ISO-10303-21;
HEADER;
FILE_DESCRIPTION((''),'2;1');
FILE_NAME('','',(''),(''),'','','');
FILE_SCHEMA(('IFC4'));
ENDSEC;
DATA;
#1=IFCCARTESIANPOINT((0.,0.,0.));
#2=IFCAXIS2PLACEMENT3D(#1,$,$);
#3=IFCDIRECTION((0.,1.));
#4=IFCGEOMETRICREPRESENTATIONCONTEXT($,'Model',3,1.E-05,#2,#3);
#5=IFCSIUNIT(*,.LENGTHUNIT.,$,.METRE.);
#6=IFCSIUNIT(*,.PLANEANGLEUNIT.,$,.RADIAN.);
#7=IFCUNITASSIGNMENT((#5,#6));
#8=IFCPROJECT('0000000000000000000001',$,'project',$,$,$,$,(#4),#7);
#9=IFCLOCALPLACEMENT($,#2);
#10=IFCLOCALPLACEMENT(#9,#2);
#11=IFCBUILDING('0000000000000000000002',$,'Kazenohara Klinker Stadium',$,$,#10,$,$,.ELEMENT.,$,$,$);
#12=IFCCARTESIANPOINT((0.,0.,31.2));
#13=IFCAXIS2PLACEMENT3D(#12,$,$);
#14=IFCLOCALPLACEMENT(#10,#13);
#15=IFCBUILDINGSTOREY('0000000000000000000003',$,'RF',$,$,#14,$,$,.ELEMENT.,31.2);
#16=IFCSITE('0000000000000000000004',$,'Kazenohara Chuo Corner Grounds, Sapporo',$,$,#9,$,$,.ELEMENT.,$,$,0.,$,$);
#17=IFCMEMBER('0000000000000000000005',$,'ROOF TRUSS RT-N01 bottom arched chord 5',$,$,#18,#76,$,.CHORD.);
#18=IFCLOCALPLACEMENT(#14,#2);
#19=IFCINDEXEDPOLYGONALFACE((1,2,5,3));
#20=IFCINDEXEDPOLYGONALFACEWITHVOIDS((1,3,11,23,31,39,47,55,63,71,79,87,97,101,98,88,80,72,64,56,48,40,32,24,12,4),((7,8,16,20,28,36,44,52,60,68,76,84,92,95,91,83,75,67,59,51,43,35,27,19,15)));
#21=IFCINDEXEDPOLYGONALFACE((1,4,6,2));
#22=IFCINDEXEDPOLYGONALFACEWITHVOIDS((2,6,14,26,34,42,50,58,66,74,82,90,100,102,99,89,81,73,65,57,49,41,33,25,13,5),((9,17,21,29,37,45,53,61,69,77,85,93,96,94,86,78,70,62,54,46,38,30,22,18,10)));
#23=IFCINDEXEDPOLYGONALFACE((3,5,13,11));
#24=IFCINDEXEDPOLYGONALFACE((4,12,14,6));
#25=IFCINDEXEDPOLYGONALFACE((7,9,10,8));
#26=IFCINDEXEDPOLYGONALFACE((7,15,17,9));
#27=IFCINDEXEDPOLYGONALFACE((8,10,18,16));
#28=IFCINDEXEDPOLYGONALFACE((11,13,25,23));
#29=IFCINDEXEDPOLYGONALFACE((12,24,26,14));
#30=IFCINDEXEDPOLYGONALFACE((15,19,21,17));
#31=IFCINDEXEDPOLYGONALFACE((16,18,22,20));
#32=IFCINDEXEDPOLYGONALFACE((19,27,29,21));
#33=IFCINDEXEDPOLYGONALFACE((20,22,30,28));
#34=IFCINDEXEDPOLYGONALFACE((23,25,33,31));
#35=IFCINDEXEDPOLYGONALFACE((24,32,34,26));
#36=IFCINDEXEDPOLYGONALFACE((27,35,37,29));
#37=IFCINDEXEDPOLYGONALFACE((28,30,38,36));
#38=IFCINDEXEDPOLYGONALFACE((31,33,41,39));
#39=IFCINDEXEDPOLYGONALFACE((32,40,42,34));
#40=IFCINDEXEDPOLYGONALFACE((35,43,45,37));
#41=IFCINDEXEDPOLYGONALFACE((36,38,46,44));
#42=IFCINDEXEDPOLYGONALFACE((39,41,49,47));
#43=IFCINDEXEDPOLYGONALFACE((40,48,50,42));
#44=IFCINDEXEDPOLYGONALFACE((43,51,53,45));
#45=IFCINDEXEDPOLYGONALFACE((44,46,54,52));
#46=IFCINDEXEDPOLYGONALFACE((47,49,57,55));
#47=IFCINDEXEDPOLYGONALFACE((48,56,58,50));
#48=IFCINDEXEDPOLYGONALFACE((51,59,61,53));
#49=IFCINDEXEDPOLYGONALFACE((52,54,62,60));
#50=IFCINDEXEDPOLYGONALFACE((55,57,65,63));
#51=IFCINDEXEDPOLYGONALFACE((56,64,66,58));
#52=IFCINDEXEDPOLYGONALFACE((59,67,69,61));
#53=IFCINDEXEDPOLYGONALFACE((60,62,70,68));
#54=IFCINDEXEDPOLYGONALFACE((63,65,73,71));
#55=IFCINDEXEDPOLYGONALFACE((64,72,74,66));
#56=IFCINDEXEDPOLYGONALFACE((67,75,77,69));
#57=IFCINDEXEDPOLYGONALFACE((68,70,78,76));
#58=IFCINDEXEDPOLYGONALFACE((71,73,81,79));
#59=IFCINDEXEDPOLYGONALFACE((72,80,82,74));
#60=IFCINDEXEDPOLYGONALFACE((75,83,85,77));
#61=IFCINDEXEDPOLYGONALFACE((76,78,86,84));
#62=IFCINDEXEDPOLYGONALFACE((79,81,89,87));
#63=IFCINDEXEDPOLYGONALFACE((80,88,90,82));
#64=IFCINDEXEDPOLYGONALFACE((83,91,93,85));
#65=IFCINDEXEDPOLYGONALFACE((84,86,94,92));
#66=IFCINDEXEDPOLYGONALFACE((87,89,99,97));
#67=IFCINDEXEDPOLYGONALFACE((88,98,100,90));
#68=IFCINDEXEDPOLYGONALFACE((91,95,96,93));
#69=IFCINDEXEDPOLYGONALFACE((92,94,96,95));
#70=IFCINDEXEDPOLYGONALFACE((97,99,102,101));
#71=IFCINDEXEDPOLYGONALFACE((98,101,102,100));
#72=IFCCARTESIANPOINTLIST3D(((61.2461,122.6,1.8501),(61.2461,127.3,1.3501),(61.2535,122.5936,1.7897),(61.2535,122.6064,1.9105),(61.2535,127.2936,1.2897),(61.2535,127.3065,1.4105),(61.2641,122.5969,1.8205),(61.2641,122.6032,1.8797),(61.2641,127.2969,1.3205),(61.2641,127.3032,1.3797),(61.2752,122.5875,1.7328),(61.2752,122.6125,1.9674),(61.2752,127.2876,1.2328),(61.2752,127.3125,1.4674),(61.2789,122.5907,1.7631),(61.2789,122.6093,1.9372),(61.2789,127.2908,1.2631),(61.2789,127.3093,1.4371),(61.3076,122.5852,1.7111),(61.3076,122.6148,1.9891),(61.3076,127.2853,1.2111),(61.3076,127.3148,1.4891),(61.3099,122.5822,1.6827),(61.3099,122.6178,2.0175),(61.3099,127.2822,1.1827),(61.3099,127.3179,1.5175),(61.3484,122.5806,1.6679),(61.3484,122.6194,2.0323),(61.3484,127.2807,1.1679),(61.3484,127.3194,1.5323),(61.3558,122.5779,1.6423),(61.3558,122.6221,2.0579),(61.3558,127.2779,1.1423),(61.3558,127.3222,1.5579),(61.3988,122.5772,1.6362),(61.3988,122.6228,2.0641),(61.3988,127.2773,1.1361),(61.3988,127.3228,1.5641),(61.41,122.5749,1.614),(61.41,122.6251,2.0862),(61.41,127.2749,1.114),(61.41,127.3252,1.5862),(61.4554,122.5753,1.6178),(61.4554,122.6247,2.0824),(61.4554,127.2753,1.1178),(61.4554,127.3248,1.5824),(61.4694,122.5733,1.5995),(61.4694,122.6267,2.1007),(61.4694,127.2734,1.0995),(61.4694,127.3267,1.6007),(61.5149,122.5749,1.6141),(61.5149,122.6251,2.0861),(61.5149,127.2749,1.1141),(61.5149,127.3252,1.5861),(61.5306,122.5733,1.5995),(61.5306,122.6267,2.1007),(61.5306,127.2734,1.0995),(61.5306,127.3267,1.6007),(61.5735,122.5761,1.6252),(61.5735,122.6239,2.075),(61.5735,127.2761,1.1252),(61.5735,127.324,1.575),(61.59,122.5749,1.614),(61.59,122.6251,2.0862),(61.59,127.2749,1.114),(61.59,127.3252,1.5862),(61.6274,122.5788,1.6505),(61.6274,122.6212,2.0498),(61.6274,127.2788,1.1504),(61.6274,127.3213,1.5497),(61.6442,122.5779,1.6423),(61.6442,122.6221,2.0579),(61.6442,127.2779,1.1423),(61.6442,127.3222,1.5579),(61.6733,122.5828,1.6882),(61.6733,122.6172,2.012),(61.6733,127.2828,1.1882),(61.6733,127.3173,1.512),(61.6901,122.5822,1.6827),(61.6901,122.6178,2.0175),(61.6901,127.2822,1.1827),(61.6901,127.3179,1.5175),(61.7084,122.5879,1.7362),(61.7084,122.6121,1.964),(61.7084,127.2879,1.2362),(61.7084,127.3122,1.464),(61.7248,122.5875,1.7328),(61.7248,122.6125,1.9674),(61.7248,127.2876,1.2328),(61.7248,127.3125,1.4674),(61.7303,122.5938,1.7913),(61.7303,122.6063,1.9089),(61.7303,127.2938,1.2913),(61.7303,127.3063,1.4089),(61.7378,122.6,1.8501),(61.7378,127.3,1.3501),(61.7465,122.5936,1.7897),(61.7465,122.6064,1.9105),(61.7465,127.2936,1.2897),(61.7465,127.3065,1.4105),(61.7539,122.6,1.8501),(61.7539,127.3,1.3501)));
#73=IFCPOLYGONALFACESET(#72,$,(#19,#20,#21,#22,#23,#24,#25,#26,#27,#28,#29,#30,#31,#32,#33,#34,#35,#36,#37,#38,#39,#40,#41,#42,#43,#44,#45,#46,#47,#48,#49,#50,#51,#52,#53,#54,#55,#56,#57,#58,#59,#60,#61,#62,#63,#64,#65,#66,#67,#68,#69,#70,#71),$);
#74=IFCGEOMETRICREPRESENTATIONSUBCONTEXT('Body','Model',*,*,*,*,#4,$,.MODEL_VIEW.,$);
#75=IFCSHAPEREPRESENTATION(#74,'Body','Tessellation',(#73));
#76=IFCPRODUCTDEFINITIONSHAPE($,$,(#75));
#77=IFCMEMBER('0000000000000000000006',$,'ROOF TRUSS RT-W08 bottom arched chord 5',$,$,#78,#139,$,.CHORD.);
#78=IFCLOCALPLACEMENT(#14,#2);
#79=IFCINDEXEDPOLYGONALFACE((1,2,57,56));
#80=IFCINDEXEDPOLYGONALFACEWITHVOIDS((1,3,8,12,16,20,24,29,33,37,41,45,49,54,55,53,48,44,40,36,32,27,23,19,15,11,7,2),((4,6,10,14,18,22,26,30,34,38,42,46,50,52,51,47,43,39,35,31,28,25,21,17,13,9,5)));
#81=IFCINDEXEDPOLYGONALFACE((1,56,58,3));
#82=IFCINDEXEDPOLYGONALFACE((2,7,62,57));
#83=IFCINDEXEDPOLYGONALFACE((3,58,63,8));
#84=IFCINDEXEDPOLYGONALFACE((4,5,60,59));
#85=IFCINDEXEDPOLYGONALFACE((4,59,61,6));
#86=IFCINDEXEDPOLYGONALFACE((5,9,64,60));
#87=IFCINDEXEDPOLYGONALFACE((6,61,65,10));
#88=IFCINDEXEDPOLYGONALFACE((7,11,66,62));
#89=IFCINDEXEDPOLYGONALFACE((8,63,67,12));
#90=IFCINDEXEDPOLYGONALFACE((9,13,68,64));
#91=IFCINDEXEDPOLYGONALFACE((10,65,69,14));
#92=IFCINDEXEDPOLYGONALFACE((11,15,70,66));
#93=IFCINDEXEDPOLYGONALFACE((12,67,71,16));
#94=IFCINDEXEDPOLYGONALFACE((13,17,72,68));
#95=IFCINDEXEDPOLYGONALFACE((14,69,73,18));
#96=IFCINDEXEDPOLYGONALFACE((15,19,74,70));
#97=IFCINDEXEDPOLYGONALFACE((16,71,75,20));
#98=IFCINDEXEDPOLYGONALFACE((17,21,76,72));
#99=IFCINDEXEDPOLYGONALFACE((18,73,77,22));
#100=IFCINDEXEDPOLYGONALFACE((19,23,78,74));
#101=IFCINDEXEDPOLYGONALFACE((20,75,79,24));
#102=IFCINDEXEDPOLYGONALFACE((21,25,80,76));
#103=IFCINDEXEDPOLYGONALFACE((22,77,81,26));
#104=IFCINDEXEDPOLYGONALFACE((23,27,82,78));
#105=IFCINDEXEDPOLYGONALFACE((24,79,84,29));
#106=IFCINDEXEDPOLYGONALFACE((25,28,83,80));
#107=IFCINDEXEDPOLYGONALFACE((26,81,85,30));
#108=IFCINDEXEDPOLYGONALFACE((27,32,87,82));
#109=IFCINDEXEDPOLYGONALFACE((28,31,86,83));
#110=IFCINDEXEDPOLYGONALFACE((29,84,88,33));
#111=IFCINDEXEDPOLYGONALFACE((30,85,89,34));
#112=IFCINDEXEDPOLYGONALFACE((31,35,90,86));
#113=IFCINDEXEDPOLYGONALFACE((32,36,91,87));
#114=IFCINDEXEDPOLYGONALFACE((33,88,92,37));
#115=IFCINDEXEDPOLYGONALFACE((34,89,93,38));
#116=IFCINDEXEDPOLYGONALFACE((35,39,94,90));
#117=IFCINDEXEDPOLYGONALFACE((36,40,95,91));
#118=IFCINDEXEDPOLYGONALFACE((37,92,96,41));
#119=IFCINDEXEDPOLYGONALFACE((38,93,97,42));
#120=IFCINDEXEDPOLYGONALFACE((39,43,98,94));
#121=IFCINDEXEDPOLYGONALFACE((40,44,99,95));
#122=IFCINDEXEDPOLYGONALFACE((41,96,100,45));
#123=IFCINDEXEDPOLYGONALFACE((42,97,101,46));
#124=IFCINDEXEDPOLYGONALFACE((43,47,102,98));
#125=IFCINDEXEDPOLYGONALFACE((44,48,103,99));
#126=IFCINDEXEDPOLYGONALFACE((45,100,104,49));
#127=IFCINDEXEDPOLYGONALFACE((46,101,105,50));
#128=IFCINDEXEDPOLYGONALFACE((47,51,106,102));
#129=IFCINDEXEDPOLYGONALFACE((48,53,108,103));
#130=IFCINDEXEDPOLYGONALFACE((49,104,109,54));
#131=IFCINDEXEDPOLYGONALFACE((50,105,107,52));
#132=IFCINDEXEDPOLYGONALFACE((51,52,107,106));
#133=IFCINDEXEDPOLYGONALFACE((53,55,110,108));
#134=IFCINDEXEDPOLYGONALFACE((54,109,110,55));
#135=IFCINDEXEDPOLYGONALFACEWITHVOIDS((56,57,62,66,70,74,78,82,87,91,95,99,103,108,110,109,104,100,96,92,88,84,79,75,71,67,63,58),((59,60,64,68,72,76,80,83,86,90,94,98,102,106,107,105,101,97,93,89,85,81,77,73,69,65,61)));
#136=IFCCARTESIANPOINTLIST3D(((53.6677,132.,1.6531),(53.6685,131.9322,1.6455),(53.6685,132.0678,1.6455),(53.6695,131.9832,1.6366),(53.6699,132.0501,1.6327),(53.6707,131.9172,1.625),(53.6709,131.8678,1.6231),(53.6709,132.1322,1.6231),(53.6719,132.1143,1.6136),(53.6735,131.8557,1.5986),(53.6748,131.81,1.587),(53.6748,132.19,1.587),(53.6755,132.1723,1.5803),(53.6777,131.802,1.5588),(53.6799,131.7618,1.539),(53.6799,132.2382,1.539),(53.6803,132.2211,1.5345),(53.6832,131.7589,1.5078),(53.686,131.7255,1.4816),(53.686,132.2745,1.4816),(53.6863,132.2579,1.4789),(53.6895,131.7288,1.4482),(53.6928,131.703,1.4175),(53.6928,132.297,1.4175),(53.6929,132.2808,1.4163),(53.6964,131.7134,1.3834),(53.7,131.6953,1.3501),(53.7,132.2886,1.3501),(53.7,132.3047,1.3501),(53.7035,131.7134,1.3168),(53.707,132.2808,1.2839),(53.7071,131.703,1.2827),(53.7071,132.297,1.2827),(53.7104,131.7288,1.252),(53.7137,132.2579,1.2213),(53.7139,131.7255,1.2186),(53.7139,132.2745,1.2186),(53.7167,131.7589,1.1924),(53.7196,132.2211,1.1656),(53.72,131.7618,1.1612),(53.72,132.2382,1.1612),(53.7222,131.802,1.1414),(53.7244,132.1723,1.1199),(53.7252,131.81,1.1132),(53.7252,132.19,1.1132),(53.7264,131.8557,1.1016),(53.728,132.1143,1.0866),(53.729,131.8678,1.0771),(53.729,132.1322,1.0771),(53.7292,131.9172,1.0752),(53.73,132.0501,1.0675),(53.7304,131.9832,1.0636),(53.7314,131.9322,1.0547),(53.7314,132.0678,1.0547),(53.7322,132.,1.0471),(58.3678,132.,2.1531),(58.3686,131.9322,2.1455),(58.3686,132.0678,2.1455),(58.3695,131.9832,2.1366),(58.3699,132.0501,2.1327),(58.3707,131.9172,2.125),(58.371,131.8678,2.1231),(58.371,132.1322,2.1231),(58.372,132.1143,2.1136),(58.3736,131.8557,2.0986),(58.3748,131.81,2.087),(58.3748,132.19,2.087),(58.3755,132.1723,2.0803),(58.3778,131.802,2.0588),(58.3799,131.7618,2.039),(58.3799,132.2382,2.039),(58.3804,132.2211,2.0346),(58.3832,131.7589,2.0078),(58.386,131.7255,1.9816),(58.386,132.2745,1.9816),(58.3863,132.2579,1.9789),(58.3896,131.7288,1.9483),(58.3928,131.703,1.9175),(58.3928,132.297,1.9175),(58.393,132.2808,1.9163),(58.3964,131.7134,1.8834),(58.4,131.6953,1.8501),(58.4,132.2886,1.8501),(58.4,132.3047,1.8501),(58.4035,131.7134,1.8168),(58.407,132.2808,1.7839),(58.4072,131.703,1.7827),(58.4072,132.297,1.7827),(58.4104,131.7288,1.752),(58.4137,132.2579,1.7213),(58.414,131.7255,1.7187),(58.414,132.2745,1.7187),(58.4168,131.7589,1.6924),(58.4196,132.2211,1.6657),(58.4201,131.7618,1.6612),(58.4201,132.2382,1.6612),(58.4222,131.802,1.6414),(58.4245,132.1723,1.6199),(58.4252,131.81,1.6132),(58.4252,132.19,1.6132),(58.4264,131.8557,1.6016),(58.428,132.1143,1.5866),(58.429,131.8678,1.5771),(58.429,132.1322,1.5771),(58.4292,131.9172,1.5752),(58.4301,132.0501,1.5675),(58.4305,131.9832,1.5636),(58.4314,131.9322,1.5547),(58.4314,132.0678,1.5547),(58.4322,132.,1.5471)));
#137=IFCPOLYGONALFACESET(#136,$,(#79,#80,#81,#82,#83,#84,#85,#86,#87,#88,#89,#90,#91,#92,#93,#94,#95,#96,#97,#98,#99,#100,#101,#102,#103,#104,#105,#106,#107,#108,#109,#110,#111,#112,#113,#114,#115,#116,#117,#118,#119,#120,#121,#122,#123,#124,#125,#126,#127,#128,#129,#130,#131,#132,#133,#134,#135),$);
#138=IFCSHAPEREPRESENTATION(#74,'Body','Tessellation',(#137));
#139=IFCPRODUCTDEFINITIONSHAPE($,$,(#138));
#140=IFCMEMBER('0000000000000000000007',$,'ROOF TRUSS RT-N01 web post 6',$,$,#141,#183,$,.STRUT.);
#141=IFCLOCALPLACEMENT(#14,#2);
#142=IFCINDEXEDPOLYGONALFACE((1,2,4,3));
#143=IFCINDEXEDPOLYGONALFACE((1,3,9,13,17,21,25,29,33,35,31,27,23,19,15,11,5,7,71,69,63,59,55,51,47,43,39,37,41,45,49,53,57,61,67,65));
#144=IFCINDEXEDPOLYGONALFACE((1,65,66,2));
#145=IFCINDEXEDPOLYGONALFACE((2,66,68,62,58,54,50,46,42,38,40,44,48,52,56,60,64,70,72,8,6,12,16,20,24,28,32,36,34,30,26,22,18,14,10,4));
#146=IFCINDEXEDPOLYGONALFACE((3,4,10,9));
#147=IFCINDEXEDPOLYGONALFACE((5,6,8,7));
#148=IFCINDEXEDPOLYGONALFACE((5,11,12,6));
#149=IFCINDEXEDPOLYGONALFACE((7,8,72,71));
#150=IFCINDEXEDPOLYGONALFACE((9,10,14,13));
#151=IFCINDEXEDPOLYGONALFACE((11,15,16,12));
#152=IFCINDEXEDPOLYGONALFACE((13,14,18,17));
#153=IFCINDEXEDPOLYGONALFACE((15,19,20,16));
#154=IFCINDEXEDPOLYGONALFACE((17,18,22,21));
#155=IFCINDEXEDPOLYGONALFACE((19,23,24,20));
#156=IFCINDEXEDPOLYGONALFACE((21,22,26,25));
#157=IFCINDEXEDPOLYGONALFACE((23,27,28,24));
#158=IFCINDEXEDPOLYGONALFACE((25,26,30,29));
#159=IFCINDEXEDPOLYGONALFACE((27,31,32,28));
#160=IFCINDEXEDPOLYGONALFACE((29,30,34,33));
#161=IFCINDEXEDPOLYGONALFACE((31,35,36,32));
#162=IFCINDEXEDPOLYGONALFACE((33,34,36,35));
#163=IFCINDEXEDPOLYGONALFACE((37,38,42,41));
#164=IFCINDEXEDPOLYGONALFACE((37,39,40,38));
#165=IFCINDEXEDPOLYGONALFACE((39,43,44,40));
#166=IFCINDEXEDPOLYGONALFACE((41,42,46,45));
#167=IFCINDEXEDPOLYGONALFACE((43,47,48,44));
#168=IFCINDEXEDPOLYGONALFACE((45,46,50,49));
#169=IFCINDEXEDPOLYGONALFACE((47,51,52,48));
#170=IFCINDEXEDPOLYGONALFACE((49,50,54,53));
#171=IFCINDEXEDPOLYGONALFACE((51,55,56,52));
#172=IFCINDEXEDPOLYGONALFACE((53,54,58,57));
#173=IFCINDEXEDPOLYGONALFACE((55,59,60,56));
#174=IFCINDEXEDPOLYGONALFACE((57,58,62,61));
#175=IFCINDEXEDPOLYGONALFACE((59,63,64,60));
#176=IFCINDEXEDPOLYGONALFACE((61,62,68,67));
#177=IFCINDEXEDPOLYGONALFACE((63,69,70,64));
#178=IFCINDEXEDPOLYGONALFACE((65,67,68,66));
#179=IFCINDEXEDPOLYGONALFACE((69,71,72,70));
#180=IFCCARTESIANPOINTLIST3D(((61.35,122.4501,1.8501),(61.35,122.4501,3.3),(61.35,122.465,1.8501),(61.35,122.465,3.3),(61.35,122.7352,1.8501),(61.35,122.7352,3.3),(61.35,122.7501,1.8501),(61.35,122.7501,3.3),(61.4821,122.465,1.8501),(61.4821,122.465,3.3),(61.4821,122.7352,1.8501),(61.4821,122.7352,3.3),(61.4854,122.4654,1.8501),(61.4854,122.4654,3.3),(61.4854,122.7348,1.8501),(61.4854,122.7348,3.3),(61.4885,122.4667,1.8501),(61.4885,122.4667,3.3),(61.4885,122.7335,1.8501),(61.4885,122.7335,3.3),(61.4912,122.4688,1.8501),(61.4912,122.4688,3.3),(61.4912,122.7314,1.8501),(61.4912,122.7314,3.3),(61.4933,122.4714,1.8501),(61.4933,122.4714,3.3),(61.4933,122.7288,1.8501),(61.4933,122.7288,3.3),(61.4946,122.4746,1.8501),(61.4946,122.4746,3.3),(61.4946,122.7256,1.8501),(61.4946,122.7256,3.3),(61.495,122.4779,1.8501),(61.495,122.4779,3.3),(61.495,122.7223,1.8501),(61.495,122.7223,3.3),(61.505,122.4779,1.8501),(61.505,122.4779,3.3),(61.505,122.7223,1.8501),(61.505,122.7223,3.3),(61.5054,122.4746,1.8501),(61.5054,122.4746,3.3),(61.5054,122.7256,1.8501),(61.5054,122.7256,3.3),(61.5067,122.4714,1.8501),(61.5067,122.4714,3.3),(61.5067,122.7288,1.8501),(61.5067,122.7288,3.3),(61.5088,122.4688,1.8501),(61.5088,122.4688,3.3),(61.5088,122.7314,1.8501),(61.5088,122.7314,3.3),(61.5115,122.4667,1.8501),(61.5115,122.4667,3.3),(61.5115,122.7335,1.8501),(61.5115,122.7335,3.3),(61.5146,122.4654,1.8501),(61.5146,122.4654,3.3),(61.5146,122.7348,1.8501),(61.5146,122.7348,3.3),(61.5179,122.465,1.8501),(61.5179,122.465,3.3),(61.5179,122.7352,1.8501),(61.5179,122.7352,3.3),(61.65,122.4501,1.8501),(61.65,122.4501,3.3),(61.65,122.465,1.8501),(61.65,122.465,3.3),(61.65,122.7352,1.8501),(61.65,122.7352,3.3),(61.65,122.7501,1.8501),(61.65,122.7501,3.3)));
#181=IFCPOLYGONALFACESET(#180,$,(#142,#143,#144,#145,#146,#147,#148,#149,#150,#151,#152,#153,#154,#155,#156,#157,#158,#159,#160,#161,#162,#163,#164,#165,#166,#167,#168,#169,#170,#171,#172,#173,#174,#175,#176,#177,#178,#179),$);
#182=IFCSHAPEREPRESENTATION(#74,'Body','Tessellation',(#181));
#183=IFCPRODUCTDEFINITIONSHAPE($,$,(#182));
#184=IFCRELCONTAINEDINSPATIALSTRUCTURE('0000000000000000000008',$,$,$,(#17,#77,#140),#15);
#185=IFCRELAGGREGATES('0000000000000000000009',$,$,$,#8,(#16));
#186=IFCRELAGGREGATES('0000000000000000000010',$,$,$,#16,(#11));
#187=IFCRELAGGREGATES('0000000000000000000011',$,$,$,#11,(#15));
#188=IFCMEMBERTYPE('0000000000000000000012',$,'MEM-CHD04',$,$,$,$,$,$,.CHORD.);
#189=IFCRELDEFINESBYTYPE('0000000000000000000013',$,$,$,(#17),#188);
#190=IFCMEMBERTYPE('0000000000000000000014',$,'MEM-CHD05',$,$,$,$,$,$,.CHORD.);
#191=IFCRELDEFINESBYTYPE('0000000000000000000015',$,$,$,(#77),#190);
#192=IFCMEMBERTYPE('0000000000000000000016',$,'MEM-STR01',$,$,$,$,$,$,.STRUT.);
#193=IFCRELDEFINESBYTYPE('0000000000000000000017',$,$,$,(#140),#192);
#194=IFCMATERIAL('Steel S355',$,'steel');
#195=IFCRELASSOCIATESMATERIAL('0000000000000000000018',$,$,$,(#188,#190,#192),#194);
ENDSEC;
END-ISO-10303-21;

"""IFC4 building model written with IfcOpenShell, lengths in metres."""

from ifc_helpers import new_model, si_unit, direction, frame, origin, origin_2d, place, context, subcontext, project, spatial, hollow_circle, i_section, extrude, material, material_profile, profile_set, type_object, element, save


model = new_model("IFC4")

# Units and contexts
model_context = context("Model", 3, precision=1e-05, world=origin(), true_north=direction((0.0, 1.0)))
body_context = subcontext(model_context, "Body", "Model", "MODEL_VIEW")
ifc_project = project(units=[si_unit("LENGTHUNIT", "METRE"), si_unit("PLANEANGLEUNIT", "RADIAN")], contexts=[model_context])

# Site, building, storey
site_placement = place(None, origin())
site = spatial("IfcSite", under=ifc_project, at=site_placement, Name="Kazenohara Chuo Corner Grounds, Sapporo", CompositionType="ELEMENT", RefElevation=0.0)
building_placement = place(site_placement, origin())
building = spatial("IfcBuilding", under=site, at=building_placement, Name="Kazenohara Klinker Stadium", CompositionType="ELEMENT")
storey_placement = place(building_placement, frame((0.0, 0.0, 31.2)))
storey = spatial("IfcBuildingStorey", under=building, at=storey_placement, Name="RF", CompositionType="ELEMENT", Elevation=31.2)

# Members
ifc_material = material(Name="Steel S355", Category="steel")
ifc_material_profile_1 = material_profile(ifc_material, hollow_circle(Radius=0.2539, WallThickness=0.0161, at=origin_2d()), Name="CHS-508.0x16")
ifc_profile_set_1 = profile_set([ifc_material_profile_1], Name="Steel S355")
member_type_1 = type_object("IfcMemberType", Name="MEM-CHD04", PredefinedType="CHORD", material=ifc_profile_set_1)
member_1_placement = place(storey_placement, frame((61.5, 127.3, 1.3501), z_axis=(0.0, -0.994389, 0.105787), x_axis=(1.0, 0.0, 0.0)))
element("IfcMember", 1, at=member_1_placement, inside=storey, type_object=member_type_1, Name="ROOF TRUSS RT-N01 bottom arched chord 5", PredefinedType="CHORD", context=body_context, shape_type="SweptSolid", body=[
    extrude(hollow_circle(Radius=0.2539, WallThickness=0.0161, at=origin_2d()), origin(), (0.0, 0.0, 1.0), 4.7266),
])
ifc_material_profile_2 = material_profile(ifc_material, hollow_circle(Radius=0.3047, WallThickness=0.0161, at=origin_2d()), Name="CHS-609.6x16")
ifc_profile_set_2 = profile_set([ifc_material_profile_2], Name="Steel S355")
member_type_2 = type_object("IfcMemberType", Name="MEM-CHD05", PredefinedType="CHORD", material=ifc_profile_set_2)
member_2_placement = place(storey_placement, frame((53.7, 132.0, 1.3501), z_axis=(0.994389, 0.0, 0.105787), x_axis=(0.0, 1.0, 0.0)))
element("IfcMember", 2, at=member_2_placement, inside=storey, type_object=member_type_2, Name="ROOF TRUSS RT-W08 bottom arched chord 5", PredefinedType="CHORD", context=body_context, shape_type="SweptSolid", body=[
    extrude(hollow_circle(Radius=0.3047, WallThickness=0.0161, at=origin_2d()), origin(), (0.0, 0.0, 1.0), 4.7266),
])
ifc_material_profile_3 = material_profile(ifc_material, i_section(OverallWidth=0.3, OverallDepth=0.3, WebThickness=0.01, FlangeThickness=0.0149, FilletRadius=0.0129, at=origin_2d()), Name="H-300x300x10x15")
ifc_profile_set_3 = profile_set([ifc_material_profile_3], Name="Steel S355")
member_type_3 = type_object("IfcMemberType", Name="MEM-STR01", PredefinedType="STRUT", material=ifc_profile_set_3)
for number, where, z_axis, x_axis, name in (
    (3, (61.5, 122.6001, 1.8501), (0.0, 0.0, 1.0), (1.0, 0.0, 0.0), "ROOF TRUSS RT-N01 web post 6"),
):
    element("IfcMember", number, at=place(storey_placement, frame(where, z_axis=z_axis, x_axis=x_axis)), inside=storey, type_object=member_type_3, Name=name, PredefinedType="STRUT", context=body_context, shape_type="SweptSolid", body=[
        extrude(i_section(OverallWidth=0.3, OverallDepth=0.3, WebThickness=0.01, FlangeThickness=0.0149, FilletRadius=0.0129, at=origin_2d()), origin(), (0.0, 0.0, 1.0), 1.45),
    ])

save(model, "model.ifc")
